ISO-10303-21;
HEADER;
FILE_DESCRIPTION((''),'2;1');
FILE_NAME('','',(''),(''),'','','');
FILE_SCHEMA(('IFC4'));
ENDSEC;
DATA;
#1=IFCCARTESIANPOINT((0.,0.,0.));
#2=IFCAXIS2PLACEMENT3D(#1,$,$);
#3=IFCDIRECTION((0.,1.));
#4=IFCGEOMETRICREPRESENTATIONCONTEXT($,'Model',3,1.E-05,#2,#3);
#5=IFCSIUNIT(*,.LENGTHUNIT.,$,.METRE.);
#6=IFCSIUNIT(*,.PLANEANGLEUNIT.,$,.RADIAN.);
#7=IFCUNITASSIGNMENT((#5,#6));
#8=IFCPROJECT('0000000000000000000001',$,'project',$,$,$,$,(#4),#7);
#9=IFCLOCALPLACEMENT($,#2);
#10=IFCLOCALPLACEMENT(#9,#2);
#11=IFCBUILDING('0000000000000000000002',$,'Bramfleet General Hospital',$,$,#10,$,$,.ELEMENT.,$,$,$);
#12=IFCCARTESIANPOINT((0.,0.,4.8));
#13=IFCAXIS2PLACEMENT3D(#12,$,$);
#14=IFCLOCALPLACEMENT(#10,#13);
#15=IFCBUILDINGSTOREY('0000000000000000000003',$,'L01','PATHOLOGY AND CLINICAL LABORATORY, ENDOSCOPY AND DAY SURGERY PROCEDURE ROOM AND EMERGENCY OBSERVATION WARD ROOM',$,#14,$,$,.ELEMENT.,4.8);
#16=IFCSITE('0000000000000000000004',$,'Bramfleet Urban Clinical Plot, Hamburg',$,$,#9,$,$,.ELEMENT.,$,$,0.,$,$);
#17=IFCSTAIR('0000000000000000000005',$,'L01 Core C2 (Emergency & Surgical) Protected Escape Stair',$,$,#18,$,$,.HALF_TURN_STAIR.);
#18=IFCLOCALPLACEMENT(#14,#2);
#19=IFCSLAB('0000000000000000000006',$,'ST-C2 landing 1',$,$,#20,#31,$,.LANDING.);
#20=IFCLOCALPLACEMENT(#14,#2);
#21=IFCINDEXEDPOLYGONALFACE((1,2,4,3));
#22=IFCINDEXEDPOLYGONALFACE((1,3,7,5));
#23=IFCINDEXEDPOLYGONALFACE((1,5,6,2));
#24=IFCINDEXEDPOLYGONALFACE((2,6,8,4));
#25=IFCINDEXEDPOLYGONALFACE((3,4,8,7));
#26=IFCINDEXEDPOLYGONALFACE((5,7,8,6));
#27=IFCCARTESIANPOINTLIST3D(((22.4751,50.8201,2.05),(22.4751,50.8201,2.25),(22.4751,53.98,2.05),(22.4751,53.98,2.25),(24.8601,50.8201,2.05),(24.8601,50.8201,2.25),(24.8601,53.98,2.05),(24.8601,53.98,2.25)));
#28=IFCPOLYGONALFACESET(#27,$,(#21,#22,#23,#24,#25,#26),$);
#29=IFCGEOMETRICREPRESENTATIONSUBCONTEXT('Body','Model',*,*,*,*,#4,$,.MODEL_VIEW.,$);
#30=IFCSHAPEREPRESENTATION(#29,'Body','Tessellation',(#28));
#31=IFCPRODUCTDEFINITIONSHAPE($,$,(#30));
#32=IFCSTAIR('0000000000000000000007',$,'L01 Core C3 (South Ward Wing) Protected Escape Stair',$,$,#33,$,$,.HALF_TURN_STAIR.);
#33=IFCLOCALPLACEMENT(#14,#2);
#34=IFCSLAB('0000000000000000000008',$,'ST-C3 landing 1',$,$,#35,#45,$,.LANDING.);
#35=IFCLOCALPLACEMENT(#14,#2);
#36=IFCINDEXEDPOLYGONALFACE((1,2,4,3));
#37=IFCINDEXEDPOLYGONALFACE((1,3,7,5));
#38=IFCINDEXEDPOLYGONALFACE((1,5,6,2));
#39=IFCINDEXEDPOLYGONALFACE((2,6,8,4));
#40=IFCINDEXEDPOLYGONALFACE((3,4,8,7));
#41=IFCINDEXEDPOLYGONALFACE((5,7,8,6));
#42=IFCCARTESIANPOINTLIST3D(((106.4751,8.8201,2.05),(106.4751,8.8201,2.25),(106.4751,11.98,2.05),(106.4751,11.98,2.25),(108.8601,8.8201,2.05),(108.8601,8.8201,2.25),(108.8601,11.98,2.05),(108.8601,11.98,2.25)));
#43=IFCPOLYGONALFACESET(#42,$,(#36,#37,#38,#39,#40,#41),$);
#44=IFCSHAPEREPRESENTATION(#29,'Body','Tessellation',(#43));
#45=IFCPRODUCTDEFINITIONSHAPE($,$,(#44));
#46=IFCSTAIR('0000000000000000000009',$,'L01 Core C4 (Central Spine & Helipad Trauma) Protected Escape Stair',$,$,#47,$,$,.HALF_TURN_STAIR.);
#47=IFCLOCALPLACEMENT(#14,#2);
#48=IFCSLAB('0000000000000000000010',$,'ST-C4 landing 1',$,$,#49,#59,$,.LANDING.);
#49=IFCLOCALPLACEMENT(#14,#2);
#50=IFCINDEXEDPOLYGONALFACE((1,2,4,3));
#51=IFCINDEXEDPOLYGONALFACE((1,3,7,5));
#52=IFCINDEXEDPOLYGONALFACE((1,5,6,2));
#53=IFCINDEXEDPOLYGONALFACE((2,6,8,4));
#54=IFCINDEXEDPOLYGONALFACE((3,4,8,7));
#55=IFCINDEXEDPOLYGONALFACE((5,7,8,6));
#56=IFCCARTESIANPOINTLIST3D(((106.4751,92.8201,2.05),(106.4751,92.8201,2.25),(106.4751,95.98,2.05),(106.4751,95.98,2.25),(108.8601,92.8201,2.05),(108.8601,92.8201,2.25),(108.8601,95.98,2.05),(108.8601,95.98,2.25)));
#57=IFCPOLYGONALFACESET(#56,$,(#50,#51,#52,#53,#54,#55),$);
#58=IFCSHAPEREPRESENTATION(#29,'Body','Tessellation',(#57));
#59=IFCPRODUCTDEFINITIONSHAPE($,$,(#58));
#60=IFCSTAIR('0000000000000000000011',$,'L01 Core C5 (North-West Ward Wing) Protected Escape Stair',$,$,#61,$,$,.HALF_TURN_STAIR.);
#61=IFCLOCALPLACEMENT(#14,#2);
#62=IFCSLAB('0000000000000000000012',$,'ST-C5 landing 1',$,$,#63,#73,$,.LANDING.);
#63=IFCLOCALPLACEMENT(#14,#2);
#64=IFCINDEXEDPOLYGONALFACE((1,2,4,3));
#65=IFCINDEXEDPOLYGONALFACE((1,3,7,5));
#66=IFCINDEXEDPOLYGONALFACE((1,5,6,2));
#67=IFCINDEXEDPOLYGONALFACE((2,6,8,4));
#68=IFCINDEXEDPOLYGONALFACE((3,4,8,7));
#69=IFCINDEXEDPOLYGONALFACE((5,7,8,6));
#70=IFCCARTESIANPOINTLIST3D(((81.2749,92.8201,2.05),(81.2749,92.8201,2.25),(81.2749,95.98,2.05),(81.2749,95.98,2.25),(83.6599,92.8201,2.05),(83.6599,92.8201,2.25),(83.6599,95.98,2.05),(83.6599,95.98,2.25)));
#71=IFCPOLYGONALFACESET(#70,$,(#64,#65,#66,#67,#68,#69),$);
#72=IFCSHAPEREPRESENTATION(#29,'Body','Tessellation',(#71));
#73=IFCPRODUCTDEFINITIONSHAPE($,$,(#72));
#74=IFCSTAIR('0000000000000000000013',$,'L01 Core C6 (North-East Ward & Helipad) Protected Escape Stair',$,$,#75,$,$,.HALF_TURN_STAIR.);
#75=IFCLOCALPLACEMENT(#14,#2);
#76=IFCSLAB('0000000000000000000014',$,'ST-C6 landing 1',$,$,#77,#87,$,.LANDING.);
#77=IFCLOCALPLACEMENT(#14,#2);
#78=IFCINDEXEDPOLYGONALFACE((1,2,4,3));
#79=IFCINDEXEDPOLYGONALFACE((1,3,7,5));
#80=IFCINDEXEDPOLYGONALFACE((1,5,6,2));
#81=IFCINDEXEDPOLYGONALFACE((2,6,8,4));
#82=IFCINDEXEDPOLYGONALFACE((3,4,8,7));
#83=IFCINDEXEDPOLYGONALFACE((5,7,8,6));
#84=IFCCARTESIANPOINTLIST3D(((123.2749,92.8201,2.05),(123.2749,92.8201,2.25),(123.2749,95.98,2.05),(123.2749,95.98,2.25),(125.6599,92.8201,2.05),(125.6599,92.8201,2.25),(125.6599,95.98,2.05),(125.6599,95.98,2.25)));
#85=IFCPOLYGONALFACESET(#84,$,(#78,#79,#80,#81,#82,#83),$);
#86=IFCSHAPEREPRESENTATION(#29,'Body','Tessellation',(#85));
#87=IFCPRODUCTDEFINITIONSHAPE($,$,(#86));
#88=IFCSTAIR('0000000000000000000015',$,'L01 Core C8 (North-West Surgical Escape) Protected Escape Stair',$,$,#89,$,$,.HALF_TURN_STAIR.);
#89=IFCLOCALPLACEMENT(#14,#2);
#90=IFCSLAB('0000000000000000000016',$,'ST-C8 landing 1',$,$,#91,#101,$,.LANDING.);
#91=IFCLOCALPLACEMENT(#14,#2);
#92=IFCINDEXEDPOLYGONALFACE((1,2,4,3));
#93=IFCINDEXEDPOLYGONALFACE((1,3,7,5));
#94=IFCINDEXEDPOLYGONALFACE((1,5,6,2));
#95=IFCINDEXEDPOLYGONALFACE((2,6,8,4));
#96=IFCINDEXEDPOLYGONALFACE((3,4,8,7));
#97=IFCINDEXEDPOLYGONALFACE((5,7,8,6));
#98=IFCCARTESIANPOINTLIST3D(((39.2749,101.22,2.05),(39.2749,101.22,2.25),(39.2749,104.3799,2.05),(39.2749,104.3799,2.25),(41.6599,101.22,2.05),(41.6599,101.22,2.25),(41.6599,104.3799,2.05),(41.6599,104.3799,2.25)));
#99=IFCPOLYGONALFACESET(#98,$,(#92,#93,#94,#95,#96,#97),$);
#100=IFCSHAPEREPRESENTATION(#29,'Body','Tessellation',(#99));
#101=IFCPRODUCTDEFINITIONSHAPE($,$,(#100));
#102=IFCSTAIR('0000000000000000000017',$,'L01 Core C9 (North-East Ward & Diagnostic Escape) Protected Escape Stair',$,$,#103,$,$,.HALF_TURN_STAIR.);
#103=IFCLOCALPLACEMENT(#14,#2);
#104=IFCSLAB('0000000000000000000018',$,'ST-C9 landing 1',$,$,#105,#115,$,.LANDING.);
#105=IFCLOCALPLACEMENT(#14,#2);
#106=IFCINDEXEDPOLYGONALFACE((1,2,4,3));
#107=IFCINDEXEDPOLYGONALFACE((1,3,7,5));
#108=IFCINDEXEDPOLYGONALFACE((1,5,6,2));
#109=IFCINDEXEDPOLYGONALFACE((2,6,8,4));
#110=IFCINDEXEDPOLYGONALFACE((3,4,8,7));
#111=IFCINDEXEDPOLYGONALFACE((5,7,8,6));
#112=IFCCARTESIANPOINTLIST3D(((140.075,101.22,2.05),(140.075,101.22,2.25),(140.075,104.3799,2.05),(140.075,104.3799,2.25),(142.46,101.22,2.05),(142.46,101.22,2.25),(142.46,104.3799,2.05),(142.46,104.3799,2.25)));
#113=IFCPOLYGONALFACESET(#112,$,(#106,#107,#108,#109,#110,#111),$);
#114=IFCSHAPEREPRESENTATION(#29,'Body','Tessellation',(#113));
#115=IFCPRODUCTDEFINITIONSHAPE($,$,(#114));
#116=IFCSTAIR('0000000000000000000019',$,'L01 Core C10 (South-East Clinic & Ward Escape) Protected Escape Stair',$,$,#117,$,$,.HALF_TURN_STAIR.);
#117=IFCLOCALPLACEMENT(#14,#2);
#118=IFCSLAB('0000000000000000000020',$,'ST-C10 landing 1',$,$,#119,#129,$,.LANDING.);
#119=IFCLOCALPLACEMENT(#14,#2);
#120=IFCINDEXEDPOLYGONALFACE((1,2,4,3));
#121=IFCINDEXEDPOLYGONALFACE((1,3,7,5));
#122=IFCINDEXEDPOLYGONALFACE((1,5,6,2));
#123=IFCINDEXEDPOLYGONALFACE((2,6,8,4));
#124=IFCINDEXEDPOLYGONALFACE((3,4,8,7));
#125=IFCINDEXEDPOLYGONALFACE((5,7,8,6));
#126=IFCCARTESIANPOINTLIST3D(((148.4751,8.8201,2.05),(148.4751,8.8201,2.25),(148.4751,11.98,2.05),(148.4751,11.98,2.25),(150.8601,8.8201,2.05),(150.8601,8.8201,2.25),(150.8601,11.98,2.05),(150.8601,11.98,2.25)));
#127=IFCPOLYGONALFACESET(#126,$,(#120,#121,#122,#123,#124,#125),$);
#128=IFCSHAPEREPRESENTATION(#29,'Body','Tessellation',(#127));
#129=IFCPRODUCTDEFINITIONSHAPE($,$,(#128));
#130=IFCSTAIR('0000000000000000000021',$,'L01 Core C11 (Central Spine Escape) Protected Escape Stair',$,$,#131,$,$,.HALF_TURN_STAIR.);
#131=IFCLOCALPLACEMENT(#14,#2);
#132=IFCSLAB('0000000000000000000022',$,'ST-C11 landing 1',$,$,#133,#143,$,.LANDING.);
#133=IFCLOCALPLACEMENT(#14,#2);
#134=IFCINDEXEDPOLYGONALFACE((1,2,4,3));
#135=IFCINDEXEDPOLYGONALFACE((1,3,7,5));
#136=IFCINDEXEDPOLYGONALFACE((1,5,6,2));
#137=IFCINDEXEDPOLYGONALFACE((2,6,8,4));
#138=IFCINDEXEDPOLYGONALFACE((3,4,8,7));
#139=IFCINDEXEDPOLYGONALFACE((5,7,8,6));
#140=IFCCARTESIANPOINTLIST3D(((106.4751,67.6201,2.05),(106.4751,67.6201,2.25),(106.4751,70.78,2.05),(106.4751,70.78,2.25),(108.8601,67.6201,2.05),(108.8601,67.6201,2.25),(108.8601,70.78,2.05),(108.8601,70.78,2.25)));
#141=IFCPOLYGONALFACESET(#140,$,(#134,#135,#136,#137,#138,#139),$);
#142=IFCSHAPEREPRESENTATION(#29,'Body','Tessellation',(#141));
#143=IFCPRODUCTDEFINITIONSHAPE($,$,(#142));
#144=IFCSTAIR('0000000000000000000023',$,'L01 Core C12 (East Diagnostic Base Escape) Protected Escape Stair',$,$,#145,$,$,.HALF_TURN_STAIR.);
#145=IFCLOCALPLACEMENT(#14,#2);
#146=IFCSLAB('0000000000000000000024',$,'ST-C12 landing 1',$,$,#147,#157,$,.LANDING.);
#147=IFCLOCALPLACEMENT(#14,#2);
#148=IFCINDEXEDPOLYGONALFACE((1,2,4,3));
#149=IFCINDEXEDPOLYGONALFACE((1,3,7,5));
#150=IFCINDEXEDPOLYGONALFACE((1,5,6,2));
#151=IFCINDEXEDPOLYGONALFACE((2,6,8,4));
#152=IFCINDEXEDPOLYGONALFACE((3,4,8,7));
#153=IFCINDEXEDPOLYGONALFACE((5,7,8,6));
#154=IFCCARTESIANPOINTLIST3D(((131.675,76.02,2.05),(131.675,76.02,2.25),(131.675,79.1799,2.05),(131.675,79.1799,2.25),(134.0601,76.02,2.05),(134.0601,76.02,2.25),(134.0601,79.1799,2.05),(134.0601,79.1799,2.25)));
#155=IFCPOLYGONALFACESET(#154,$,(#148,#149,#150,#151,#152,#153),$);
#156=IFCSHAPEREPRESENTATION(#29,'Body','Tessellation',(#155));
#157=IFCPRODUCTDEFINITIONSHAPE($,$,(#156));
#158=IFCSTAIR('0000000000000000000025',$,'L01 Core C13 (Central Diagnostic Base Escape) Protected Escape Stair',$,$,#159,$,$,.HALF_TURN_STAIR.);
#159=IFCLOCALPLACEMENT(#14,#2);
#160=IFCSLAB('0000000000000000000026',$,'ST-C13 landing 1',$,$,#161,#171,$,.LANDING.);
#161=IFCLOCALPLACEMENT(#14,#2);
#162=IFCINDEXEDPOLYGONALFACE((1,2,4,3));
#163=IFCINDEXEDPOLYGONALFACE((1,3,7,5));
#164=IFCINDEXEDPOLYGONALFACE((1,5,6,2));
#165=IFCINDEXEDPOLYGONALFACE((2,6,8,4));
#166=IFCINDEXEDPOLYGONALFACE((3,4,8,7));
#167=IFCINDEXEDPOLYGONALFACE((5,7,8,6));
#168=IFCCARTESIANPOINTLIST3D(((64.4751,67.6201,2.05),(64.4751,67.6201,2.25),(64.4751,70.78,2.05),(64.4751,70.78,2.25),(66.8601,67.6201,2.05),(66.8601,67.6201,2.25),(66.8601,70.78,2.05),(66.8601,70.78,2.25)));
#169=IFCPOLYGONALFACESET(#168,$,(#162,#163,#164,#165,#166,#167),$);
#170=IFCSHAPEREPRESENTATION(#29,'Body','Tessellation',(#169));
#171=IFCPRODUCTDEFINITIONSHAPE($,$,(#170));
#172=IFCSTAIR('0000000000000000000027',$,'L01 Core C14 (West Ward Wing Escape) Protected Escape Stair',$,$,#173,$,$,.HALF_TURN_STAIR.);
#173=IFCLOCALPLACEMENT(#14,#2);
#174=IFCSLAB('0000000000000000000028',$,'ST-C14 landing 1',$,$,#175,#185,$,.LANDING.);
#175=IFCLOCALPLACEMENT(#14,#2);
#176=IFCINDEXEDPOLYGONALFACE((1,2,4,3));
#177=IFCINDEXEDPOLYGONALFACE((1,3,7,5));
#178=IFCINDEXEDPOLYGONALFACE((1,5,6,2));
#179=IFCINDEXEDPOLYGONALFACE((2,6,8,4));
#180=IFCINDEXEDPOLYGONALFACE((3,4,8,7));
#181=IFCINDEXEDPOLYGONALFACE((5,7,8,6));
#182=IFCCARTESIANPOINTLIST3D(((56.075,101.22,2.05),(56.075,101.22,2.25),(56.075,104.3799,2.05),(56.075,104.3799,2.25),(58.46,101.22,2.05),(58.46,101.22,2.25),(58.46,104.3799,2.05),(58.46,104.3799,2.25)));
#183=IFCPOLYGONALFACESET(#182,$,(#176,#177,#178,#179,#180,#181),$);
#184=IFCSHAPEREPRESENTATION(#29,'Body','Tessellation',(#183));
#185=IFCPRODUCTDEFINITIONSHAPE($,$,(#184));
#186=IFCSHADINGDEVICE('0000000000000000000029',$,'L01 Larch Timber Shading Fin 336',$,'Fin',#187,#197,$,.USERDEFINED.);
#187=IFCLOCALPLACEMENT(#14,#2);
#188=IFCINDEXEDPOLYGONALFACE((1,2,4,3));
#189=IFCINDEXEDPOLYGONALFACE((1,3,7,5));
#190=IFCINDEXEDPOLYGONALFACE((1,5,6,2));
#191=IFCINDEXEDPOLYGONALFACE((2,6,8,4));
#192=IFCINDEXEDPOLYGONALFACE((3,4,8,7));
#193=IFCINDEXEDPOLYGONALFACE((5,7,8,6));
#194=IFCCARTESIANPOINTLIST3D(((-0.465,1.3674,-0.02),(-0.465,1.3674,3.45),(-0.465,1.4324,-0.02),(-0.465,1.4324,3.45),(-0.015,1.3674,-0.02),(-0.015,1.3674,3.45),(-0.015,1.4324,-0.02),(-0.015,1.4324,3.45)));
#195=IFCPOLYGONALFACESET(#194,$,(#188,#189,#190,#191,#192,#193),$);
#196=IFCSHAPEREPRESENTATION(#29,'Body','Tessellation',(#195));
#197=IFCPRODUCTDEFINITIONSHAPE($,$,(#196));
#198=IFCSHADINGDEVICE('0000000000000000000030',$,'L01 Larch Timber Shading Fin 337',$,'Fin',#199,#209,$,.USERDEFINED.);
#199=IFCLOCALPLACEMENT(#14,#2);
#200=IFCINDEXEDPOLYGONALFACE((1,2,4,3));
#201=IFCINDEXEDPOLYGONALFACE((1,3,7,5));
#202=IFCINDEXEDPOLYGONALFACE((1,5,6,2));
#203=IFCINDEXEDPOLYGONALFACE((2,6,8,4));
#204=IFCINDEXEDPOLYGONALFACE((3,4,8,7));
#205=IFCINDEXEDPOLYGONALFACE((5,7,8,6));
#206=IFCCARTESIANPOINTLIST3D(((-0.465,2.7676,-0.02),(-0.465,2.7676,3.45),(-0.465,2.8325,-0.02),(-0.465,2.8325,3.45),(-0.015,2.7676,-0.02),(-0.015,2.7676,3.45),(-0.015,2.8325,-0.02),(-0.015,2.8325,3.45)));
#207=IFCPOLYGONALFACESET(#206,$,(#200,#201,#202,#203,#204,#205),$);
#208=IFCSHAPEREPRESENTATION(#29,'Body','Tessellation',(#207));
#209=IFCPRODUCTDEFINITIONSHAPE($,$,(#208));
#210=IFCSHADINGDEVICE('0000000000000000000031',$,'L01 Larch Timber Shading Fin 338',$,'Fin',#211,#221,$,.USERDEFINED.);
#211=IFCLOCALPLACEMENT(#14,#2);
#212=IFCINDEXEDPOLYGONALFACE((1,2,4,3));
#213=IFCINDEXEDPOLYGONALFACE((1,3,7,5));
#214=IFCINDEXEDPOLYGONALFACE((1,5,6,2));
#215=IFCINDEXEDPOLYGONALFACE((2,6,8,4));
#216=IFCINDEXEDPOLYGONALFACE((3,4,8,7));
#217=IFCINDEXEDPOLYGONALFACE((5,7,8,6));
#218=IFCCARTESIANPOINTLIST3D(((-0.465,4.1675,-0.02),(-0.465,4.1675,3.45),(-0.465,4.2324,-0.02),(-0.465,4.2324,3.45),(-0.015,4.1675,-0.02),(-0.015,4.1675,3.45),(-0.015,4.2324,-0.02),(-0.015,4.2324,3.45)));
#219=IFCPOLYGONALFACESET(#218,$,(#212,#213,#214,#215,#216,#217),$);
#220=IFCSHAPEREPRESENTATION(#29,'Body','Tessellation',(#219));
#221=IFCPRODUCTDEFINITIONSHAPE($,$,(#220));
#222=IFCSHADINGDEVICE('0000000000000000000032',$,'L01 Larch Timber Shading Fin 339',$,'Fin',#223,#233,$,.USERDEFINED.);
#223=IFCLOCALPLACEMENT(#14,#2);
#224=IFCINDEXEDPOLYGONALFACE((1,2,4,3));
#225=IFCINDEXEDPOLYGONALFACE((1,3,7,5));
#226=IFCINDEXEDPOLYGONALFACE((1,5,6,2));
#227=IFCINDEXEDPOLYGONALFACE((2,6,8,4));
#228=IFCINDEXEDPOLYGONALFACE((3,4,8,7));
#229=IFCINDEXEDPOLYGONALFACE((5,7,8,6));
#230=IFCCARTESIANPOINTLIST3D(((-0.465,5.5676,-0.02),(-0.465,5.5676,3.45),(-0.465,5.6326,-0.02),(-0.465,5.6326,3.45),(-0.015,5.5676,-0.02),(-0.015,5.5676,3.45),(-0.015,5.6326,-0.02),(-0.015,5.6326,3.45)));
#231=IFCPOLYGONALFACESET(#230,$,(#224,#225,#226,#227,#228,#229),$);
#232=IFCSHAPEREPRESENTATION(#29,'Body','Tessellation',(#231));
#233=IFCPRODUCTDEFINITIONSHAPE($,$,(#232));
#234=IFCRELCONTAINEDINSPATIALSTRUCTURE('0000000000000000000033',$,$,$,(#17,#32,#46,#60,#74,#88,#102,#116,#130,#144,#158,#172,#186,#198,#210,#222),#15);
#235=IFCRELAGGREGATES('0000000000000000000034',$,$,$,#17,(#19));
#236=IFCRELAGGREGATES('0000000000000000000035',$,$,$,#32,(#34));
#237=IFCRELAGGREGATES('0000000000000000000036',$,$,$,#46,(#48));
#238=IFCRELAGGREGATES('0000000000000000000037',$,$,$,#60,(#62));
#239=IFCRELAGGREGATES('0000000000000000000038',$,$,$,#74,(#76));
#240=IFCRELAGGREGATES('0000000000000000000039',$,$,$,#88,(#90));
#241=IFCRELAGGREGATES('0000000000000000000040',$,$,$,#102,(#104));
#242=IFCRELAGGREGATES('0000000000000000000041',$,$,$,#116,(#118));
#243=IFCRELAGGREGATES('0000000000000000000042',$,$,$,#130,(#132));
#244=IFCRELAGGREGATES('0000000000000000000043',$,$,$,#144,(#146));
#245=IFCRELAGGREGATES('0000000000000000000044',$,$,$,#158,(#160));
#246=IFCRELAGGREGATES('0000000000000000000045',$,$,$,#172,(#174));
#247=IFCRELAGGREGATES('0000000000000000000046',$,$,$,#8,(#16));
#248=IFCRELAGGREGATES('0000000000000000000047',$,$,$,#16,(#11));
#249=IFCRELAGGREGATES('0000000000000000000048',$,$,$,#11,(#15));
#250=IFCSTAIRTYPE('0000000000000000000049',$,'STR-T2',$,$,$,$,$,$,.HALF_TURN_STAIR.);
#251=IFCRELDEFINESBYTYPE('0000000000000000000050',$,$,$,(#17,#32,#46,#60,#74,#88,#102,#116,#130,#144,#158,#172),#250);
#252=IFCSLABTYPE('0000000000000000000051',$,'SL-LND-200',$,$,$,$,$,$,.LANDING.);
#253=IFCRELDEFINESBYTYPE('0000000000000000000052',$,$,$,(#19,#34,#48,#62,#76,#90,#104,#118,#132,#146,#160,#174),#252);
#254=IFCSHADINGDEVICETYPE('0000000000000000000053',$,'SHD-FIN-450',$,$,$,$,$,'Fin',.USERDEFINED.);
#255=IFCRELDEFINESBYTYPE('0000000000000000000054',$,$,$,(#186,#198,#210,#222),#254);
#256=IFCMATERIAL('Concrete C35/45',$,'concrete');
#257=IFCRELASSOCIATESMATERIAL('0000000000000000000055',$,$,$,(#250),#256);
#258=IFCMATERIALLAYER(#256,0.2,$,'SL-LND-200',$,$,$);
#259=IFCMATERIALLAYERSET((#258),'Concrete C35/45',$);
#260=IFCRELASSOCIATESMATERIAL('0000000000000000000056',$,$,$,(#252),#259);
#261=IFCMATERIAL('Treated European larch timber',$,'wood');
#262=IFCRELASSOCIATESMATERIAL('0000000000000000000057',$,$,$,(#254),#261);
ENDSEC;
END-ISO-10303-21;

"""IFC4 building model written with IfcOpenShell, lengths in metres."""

from ifc_helpers import new_model, si_unit, direction, frame, origin, origin_2d, place, context, subcontext, project, spatial, polyline, rectangle, outline, extrude, material, layer, layer_set, material_profile, profile_set, type_object, element, aggregate, save


model = new_model("IFC4")

# Units and contexts
model_context = context("Model", 3, precision=1e-05, world=origin(), true_north=direction((0.0, 1.0)))
body_context = subcontext(model_context, "Body", "Model", "MODEL_VIEW")
ifc_project = project(units=[si_unit("LENGTHUNIT", "METRE"), si_unit("PLANEANGLEUNIT", "RADIAN")], contexts=[model_context])

# Site, building, storey
site_placement = place(None, origin())
site = spatial("IfcSite", under=ifc_project, at=site_placement, Name="Bramfleet Urban Clinical Plot, Hamburg", CompositionType="ELEMENT", RefElevation=0.0)
building_placement = place(site_placement, origin())
building = spatial("IfcBuilding", under=site, at=building_placement, Name="Bramfleet General Hospital", CompositionType="ELEMENT")
storey_placement = place(building_placement, frame((0.0, 0.0, 4.8)))
storey = spatial("IfcBuildingStorey", under=building, at=storey_placement, Name="L01", Description="PATHOLOGY AND CLINICAL LABORATORY, ENDOSCOPY AND DAY SURGERY PROCEDURE ROOM AND EMERGENCY OBSERVATION WARD ROOM", CompositionType="ELEMENT", Elevation=4.8)

# Shared definitions
ifc_material_1 = material(Name="Concrete C35/45", Category="concrete")

# Stairs, slabs
stair_type = type_object("IfcStairType", Name="STR-T2", PredefinedType="HALF_TURN_STAIR", material=ifc_material_1)
ifc_layer_1 = layer(ifc_material_1, 0.2, Name="SL-LND-200")
ifc_layer_set_1 = layer_set([ifc_layer_1], Name="Concrete C35/45")
slab_type_1 = type_object("IfcSlabType", Name="SL-LND-200", PredefinedType="LANDING", material=ifc_layer_set_1)
stair_1_placement = place(storey_placement, origin())
stair_1 = element("IfcStair", 1, at=stair_1_placement, inside=storey, type_object=stair_type, Name="L01 Core C2 (Emergency & Surgical) Protected Escape Stair", PredefinedType="HALF_TURN_STAIR")
slab_1_placement = place(storey_placement, frame((0.0, 0.0, 2.05)))
slab_1 = element("IfcSlab", 2, at=slab_1_placement, type_object=slab_type_1, Name="ST-C2 landing 1", PredefinedType="LANDING", context=body_context, shape_type="SweptSolid", body=[
    extrude(outline(polyline([(22.4751, 50.8201), (24.8601, 50.8201), (24.8601, 53.98), (22.4751, 53.98), (22.4751, 50.8201)])), origin(), (0.0, 0.0, 1.0), 0.2),
])
aggregate(stair_1, [slab_1])
stair_2_placement = place(storey_placement, origin())
stair_2 = element("IfcStair", 3, at=stair_2_placement, inside=storey, type_object=stair_type, Name="L01 Core C3 (South Ward Wing) Protected Escape Stair", PredefinedType="HALF_TURN_STAIR")
slab_2_placement = place(storey_placement, frame((0.0, 0.0, 2.05)))
slab_2 = element("IfcSlab", 4, at=slab_2_placement, type_object=slab_type_1, Name="ST-C3 landing 1", PredefinedType="LANDING", context=body_context, shape_type="SweptSolid", body=[
    extrude(outline(polyline([(106.4751, 8.8201), (108.8601, 8.8201), (108.8601, 11.98), (106.4751, 11.98), (106.4751, 8.8201)])), origin(), (0.0, 0.0, 1.0), 0.2),
])
aggregate(stair_2, [slab_2])
stair_3_placement = place(storey_placement, origin())
stair_3 = element("IfcStair", 5, at=stair_3_placement, inside=storey, type_object=stair_type, Name="L01 Core C4 (Central Spine & Helipad Trauma) Protected Escape Stair", PredefinedType="HALF_TURN_STAIR")
slab_3_placement = place(storey_placement, frame((0.0, 0.0, 2.05)))
slab_3 = element("IfcSlab", 6, at=slab_3_placement, type_object=slab_type_1, Name="ST-C4 landing 1", PredefinedType="LANDING", context=body_context, shape_type="SweptSolid", body=[
    extrude(outline(polyline([(106.4751, 92.8201), (108.8601, 92.8201), (108.8601, 95.98), (106.4751, 95.98), (106.4751, 92.8201)])), origin(), (0.0, 0.0, 1.0), 0.2),
])
aggregate(stair_3, [slab_3])
stair_4_placement = place(storey_placement, origin())
stair_4 = element("IfcStair", 7, at=stair_4_placement, inside=storey, type_object=stair_type, Name="L01 Core C5 (North-West Ward Wing) Protected Escape Stair", PredefinedType="HALF_TURN_STAIR")
slab_4_placement = place(storey_placement, frame((0.0, 0.0, 2.05)))
slab_4 = element("IfcSlab", 8, at=slab_4_placement, type_object=slab_type_1, Name="ST-C5 landing 1", PredefinedType="LANDING", context=body_context, shape_type="SweptSolid", body=[
    extrude(outline(polyline([(81.2749, 92.8201), (83.6599, 92.8201), (83.6599, 95.98), (81.2749, 95.98), (81.2749, 92.8201)])), origin(), (0.0, 0.0, 1.0), 0.2),
])
aggregate(stair_4, [slab_4])
stair_5_placement = place(storey_placement, origin())
stair_5 = element("IfcStair", 9, at=stair_5_placement, inside=storey, type_object=stair_type, Name="L01 Core C6 (North-East Ward & Helipad) Protected Escape Stair", PredefinedType="HALF_TURN_STAIR")
slab_5_placement = place(storey_placement, frame((0.0, 0.0, 2.05)))
slab_5 = element("IfcSlab", 10, at=slab_5_placement, type_object=slab_type_1, Name="ST-C6 landing 1", PredefinedType="LANDING", context=body_context, shape_type="SweptSolid", body=[
    extrude(outline(polyline([(123.2749, 92.8201), (125.6599, 92.8201), (125.6599, 95.98), (123.2749, 95.98), (123.2749, 92.8201)])), origin(), (0.0, 0.0, 1.0), 0.2),
])
aggregate(stair_5, [slab_5])
stair_6_placement = place(storey_placement, origin())
stair_6 = element("IfcStair", 11, at=stair_6_placement, inside=storey, type_object=stair_type, Name="L01 Core C8 (North-West Surgical Escape) Protected Escape Stair", PredefinedType="HALF_TURN_STAIR")
slab_6_placement = place(storey_placement, frame((0.0, 0.0, 2.05)))
slab_6 = element("IfcSlab", 12, at=slab_6_placement, type_object=slab_type_1, Name="ST-C8 landing 1", PredefinedType="LANDING", context=body_context, shape_type="SweptSolid", body=[
    extrude(outline(polyline([(39.2749, 101.22), (41.6599, 101.22), (41.6599, 104.3799), (39.2749, 104.3799), (39.2749, 101.22)])), origin(), (0.0, 0.0, 1.0), 0.2),
])
aggregate(stair_6, [slab_6])
stair_7_placement = place(storey_placement, origin())
stair_7 = element("IfcStair", 13, at=stair_7_placement, inside=storey, type_object=stair_type, Name="L01 Core C9 (North-East Ward & Diagnostic Escape) Protected Escape Stair", PredefinedType="HALF_TURN_STAIR")
slab_7_placement = place(storey_placement, frame((0.0, 0.0, 2.05)))
slab_7 = element("IfcSlab", 14, at=slab_7_placement, type_object=slab_type_1, Name="ST-C9 landing 1", PredefinedType="LANDING", context=body_context, shape_type="SweptSolid", body=[
    extrude(outline(polyline([(140.075, 101.22), (142.46, 101.22), (142.46, 104.3799), (140.075, 104.3799), (140.075, 101.22)])), origin(), (0.0, 0.0, 1.0), 0.2),
])
aggregate(stair_7, [slab_7])
stair_8_placement = place(storey_placement, origin())
stair_8 = element("IfcStair", 15, at=stair_8_placement, inside=storey, type_object=stair_type, Name="L01 Core C10 (South-East Clinic & Ward Escape) Protected Escape Stair", PredefinedType="HALF_TURN_STAIR")
slab_8_placement = place(storey_placement, frame((0.0, 0.0, 2.05)))
slab_8 = element("IfcSlab", 16, at=slab_8_placement, type_object=slab_type_1, Name="ST-C10 landing 1", PredefinedType="LANDING", context=body_context, shape_type="SweptSolid", body=[
    extrude(outline(polyline([(148.4751, 8.8201), (150.8601, 8.8201), (150.8601, 11.98), (148.4751, 11.98), (148.4751, 8.8201)])), origin(), (0.0, 0.0, 1.0), 0.2),
])
aggregate(stair_8, [slab_8])
stair_9_placement = place(storey_placement, origin())
stair_9 = element("IfcStair", 17, at=stair_9_placement, inside=storey, type_object=stair_type, Name="L01 Core C11 (Central Spine Escape) Protected Escape Stair", PredefinedType="HALF_TURN_STAIR")
slab_9_placement = place(storey_placement, frame((0.0, 0.0, 2.05)))
slab_9 = element("IfcSlab", 18, at=slab_9_placement, type_object=slab_type_1, Name="ST-C11 landing 1", PredefinedType="LANDING", context=body_context, shape_type="SweptSolid", body=[
    extrude(outline(polyline([(106.4751, 67.6201), (108.8601, 67.6201), (108.8601, 70.78), (106.4751, 70.78), (106.4751, 67.6201)])), origin(), (0.0, 0.0, 1.0), 0.2),
])
aggregate(stair_9, [slab_9])
stair_10_placement = place(storey_placement, origin())
stair_10 = element("IfcStair", 19, at=stair_10_placement, inside=storey, type_object=stair_type, Name="L01 Core C12 (East Diagnostic Base Escape) Protected Escape Stair", PredefinedType="HALF_TURN_STAIR")
slab_10_placement = place(storey_placement, frame((0.0, 0.0, 2.05)))
slab_10 = element("IfcSlab", 20, at=slab_10_placement, type_object=slab_type_1, Name="ST-C12 landing 1", PredefinedType="LANDING", context=body_context, shape_type="SweptSolid", body=[
    extrude(outline(polyline([(131.675, 76.02), (134.0601, 76.02), (134.0601, 79.1799), (131.675, 79.1799), (131.675, 76.02)])), origin(), (0.0, 0.0, 1.0), 0.2),
])
aggregate(stair_10, [slab_10])
stair_11_placement = place(storey_placement, origin())
stair_11 = element("IfcStair", 21, at=stair_11_placement, inside=storey, type_object=stair_type, Name="L01 Core C13 (Central Diagnostic Base Escape) Protected Escape Stair", PredefinedType="HALF_TURN_STAIR")
slab_11_placement = place(storey_placement, frame((0.0, 0.0, 2.05)))
slab_11 = element("IfcSlab", 22, at=slab_11_placement, type_object=slab_type_1, Name="ST-C13 landing 1", PredefinedType="LANDING", context=body_context, shape_type="SweptSolid", body=[
    extrude(outline(polyline([(64.4751, 67.6201), (66.8601, 67.6201), (66.8601, 70.78), (64.4751, 70.78), (64.4751, 67.6201)])), origin(), (0.0, 0.0, 1.0), 0.2),
])
aggregate(stair_11, [slab_11])
stair_12_placement = place(storey_placement, origin())
stair_12 = element("IfcStair", 23, at=stair_12_placement, inside=storey, type_object=stair_type, Name="L01 Core C14 (West Ward Wing Escape) Protected Escape Stair", PredefinedType="HALF_TURN_STAIR")
slab_12_placement = place(storey_placement, frame((0.0, 0.0, 2.05)))
slab_12 = element("IfcSlab", 24, at=slab_12_placement, type_object=slab_type_1, Name="ST-C14 landing 1", PredefinedType="LANDING", context=body_context, shape_type="SweptSolid", body=[
    extrude(outline(polyline([(56.075, 101.22), (58.46, 101.22), (58.46, 104.3799), (56.075, 104.3799), (56.075, 101.22)])), origin(), (0.0, 0.0, 1.0), 0.2),
])
aggregate(stair_12, [slab_12])

# Shading devices
ifc_material_2 = material(Name="Treated European larch timber", Category="wood")
ifc_material_profile_1 = material_profile(ifc_material_2, rectangle(XDim=0.0649, YDim=0.45, at=origin_2d()), Name="LARCH FIN 450x65")
ifc_profile_set_1 = profile_set([ifc_material_profile_1], Name="Treated European larch timber")
shading_device_type = type_object("IfcShadingDeviceType", Name="SHD-FIN-450", ElementType="Fin", PredefinedType="USERDEFINED", material=ifc_profile_set_1)
for number, where, z_axis, x_axis, name in (
    (25, (-0.24, 1.3999, -0.02), (0.0, 0.0, 1.0), (0.0, 1.0, 0.0), "L01 Larch Timber Shading Fin 336"),
    (26, (-0.24, 2.8, -0.02), (0.0, 0.0, 1.0), (0.0, 1.0, 0.0), "L01 Larch Timber Shading Fin 337"),
    (27, (-0.24, 4.2, -0.02), (0.0, 0.0, 1.0), (0.0, 1.0, 0.0), "L01 Larch Timber Shading Fin 338"),
    (28, (-0.24, 5.6001, -0.02), (0.0, 0.0, 1.0), (0.0, 1.0, 0.0), "L01 Larch Timber Shading Fin 339"),
):
    element("IfcShadingDevice", number, at=place(storey_placement, frame(where, z_axis=z_axis, x_axis=x_axis)), inside=storey, type_object=shading_device_type, Name=name, ObjectType="Fin", PredefinedType="USERDEFINED", context=body_context, shape_type="SweptSolid", body=[
        extrude(rectangle(XDim=0.0649, YDim=0.45, at=origin_2d()), origin(), (0.0, 0.0, 1.0), 3.47),
    ])

save(model, "model.ifc")
